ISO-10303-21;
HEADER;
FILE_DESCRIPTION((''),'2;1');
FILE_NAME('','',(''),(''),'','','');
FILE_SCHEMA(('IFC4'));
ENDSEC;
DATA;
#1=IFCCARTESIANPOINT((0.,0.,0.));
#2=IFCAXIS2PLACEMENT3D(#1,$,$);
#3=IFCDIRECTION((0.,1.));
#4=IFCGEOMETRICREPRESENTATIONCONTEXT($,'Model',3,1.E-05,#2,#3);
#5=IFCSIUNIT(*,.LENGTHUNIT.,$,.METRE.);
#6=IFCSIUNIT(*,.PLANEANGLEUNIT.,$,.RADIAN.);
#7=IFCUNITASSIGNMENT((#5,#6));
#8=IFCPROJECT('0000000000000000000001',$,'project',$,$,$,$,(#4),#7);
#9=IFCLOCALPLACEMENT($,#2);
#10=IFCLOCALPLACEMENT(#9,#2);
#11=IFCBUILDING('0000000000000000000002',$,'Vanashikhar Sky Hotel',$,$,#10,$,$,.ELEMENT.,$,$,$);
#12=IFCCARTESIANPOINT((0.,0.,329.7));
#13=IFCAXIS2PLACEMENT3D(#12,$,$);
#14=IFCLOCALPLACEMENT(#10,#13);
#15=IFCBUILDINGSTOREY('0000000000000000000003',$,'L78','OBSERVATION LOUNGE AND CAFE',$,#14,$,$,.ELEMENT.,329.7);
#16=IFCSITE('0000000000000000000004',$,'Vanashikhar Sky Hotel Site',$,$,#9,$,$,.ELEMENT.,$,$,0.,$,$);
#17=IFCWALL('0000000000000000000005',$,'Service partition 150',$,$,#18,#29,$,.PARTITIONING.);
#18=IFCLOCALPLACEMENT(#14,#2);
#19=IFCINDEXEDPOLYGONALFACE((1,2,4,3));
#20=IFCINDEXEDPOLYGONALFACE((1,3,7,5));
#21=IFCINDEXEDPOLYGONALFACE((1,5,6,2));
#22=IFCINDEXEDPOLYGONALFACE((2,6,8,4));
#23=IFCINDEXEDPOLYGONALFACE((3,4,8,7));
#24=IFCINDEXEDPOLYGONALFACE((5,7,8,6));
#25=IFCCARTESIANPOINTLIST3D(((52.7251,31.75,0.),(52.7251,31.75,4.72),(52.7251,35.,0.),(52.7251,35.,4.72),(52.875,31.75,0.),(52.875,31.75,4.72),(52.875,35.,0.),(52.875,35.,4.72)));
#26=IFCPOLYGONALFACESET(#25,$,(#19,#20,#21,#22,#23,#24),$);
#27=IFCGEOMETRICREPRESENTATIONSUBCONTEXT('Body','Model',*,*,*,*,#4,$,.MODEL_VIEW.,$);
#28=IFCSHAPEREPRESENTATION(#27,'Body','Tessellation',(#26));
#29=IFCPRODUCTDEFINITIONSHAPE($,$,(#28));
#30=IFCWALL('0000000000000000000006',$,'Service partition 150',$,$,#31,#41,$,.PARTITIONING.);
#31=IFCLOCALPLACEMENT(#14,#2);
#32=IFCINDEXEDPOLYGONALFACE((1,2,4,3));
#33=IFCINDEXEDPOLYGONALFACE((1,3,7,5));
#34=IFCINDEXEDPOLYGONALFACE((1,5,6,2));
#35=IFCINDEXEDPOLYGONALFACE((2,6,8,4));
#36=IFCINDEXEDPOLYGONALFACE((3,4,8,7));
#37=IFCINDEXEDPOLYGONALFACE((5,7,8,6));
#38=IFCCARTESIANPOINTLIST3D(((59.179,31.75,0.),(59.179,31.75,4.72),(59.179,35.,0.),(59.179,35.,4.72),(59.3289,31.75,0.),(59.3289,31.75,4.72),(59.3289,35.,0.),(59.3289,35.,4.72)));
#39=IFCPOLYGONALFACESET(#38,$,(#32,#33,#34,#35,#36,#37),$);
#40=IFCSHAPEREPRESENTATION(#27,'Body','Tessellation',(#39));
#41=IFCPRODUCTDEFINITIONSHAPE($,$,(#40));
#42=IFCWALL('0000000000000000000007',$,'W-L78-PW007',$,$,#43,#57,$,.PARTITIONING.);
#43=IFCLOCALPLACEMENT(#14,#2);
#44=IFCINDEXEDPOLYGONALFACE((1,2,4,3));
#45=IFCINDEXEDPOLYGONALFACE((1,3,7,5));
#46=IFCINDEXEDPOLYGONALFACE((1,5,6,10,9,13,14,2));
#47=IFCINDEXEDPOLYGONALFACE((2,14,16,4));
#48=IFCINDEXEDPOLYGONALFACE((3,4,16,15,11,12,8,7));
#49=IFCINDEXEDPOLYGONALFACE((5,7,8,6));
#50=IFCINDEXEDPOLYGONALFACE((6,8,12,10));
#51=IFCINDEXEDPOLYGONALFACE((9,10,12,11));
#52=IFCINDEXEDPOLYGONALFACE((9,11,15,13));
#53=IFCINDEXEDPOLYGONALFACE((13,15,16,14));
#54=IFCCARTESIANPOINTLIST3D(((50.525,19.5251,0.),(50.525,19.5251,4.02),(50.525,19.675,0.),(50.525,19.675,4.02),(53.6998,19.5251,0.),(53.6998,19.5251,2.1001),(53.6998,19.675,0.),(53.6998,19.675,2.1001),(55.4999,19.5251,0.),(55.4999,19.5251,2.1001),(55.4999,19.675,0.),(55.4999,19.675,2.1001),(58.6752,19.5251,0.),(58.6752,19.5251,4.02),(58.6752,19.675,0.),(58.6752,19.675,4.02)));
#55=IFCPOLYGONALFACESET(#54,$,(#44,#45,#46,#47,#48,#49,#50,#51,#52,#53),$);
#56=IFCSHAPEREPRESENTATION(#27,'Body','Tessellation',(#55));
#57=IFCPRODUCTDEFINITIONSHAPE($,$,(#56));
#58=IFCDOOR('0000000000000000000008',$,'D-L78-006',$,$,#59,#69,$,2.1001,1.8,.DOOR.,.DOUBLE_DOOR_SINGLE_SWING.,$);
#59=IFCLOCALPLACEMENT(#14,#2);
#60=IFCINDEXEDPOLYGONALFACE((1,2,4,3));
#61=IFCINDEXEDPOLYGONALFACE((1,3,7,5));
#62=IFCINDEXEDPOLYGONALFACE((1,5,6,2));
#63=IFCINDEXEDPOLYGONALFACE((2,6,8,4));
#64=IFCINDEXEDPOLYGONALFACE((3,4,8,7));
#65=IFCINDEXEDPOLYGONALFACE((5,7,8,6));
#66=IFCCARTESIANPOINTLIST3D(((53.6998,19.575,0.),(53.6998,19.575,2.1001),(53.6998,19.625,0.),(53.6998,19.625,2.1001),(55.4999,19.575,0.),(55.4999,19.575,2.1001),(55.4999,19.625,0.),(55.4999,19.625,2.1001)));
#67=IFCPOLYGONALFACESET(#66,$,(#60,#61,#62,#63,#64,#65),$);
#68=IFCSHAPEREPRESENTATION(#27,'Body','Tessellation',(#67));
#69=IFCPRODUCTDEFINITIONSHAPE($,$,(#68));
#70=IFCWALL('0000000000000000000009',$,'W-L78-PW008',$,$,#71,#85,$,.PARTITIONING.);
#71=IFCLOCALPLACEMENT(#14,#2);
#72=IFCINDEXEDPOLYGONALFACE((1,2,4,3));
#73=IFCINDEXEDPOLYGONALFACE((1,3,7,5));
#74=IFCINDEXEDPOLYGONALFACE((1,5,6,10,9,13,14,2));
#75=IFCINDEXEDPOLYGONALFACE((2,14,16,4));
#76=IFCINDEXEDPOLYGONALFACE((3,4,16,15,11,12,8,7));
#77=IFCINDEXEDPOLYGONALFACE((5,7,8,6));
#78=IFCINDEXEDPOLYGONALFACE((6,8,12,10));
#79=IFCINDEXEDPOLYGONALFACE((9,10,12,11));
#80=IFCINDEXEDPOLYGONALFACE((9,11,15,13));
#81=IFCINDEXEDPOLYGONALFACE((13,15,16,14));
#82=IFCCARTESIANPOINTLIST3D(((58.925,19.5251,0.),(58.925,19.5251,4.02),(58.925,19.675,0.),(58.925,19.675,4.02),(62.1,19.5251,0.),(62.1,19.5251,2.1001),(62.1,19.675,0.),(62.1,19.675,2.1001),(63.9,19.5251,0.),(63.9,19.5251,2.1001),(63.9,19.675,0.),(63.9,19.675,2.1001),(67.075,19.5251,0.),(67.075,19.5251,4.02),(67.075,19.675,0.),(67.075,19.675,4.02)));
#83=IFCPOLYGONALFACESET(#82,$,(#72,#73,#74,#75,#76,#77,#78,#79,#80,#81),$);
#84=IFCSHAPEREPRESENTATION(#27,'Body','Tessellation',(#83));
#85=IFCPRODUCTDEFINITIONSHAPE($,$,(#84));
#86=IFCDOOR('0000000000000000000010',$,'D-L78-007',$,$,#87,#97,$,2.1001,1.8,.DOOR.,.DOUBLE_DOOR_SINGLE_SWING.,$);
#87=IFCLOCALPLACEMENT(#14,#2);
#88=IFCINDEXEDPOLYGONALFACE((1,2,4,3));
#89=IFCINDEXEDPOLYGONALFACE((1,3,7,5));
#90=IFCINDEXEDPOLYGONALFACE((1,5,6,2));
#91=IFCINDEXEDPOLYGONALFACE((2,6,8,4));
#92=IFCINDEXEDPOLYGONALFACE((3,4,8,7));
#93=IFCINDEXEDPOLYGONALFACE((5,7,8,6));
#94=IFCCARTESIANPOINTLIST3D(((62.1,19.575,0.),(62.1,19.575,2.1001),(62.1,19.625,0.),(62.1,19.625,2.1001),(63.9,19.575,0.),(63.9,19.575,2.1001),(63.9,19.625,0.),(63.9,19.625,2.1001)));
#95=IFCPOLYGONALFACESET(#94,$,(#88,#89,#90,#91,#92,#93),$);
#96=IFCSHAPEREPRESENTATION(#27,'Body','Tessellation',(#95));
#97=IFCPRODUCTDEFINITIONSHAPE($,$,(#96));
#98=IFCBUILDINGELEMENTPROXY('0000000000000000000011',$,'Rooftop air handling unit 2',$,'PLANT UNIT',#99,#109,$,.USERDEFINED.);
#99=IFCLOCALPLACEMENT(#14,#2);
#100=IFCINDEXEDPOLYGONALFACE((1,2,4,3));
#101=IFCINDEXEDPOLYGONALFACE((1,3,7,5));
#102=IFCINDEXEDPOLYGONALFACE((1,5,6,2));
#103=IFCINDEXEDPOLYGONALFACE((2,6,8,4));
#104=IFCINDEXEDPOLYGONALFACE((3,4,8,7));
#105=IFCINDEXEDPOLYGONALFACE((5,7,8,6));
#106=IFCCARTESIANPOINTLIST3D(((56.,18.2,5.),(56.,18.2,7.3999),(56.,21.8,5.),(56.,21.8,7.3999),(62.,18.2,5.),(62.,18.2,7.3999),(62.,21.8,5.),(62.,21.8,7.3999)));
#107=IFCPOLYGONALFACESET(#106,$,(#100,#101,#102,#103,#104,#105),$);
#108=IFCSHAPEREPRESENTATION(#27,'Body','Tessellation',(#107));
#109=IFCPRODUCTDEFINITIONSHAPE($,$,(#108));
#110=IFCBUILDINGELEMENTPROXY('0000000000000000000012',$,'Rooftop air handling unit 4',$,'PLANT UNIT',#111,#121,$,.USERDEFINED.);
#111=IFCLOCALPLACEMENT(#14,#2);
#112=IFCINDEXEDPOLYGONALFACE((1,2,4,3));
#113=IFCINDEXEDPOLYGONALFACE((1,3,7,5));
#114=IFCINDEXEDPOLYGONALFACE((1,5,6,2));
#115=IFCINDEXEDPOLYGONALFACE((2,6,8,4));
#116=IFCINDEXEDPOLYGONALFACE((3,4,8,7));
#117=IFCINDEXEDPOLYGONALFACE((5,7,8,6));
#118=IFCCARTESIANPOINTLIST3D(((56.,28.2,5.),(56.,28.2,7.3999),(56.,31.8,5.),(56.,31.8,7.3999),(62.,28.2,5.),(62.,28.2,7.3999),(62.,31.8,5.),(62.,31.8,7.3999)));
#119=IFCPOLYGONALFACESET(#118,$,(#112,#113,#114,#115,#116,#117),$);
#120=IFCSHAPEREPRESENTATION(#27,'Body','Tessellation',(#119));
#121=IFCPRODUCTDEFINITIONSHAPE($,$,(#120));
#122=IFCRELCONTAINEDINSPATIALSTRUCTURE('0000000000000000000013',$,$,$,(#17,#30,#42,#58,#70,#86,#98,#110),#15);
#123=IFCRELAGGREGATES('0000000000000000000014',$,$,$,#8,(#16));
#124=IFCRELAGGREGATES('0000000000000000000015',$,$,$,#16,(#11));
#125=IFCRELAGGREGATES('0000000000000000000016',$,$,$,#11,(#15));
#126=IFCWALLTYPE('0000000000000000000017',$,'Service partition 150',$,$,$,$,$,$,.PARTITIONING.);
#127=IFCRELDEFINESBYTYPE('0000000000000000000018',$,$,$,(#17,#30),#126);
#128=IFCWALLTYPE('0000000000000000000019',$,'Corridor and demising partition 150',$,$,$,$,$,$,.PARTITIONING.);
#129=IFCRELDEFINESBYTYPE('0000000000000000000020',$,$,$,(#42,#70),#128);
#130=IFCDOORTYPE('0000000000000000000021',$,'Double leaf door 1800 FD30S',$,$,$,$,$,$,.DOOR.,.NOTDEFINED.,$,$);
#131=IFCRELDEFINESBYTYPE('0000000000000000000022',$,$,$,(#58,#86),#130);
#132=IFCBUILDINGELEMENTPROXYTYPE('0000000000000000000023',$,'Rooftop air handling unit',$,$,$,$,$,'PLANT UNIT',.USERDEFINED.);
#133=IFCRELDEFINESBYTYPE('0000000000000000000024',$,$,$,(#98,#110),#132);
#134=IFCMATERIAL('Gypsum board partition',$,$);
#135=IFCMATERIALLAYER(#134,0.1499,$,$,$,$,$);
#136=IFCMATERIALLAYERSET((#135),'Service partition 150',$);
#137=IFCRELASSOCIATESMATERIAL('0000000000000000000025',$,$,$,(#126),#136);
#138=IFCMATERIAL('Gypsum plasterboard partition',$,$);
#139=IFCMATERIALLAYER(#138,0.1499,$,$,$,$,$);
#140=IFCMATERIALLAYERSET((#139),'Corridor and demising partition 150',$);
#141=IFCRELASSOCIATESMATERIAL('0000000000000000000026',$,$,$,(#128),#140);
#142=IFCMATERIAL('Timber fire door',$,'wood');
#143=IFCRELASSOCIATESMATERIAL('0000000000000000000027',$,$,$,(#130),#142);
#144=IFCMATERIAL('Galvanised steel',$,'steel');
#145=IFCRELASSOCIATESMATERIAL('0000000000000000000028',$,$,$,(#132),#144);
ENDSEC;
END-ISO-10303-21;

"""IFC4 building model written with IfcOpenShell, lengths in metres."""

from ifc_helpers import new_model, si_unit, direction, frame, frame_2d, origin, origin_2d, place, context, subcontext, project, spatial, rectangle, extrude, source, transform, mapped, material, layer, layer_set, type_object, element, fill, save


model = new_model("IFC4")

# Units and contexts
model_context = context("Model", 3, precision=1e-05, world=origin(), true_north=direction((0.0, 1.0)))
body_context = subcontext(model_context, "Body", "Model", "MODEL_VIEW")
ifc_project = project(units=[si_unit("LENGTHUNIT", "METRE"), si_unit("PLANEANGLEUNIT", "RADIAN")], contexts=[model_context])

# Site, building, storey
site_placement = place(None, origin())
site = spatial("IfcSite", under=ifc_project, at=site_placement, Name="Vanashikhar Sky Hotel Site", CompositionType="ELEMENT", RefElevation=0.0)
building_placement = place(site_placement, origin())
building = spatial("IfcBuilding", under=site, at=building_placement, Name="Vanashikhar Sky Hotel", CompositionType="ELEMENT")
storey_placement = place(building_placement, frame((0.0, 0.0, 329.7)))
storey = spatial("IfcBuildingStorey", under=building, at=storey_placement, Name="L78", Description="OBSERVATION LOUNGE AND CAFE", CompositionType="ELEMENT", Elevation=329.7)

# Shared definitions
ifc_material_1 = material(Name="Gypsum board partition")
ifc_layer_1 = layer(ifc_material_1, 0.1499)
ifc_layer_set_1 = layer_set([ifc_layer_1], Name="Service partition 150")
wall_type_1 = type_object("IfcWallType", Name="Service partition 150", PredefinedType="PARTITIONING", material=ifc_layer_set_1)

# Walls
shared_shape_1 = source(origin(), body_context, "Body", "SweptSolid", [
    extrude(rectangle(XDim=3.25, YDim=0.1499, at=frame_2d((1.625, 0.0))), origin(), (0.0, 0.0, 1.0), 4.72),
])
for number, where, z_axis, x_axis, name in (
    (1, (52.8, 31.75, 0.0), (0.0, 0.0, 1.0), (0.0, 1.0, 0.0), "Service partition 150"),
    (2, (59.2539, 31.75, 0.0), (0.0, 0.0, 1.0), (0.0, 1.0, 0.0), "Service partition 150"),
):
    element("IfcWall", number, at=place(storey_placement, frame(where, z_axis=z_axis, x_axis=x_axis)), inside=storey, type_object=wall_type_1, Name=name, PredefinedType="PARTITIONING", context=body_context, shape_type="MappedRepresentation", body=[
        mapped(shared_shape_1, transform((0.0, 0.0, 0.0), scale=1.0)),
    ])

# Walls, openings, doors
ifc_material_2 = material(Name="Gypsum plasterboard partition")
ifc_layer_2 = layer(ifc_material_2, 0.1499)
ifc_layer_set_2 = layer_set([ifc_layer_2], Name="Corridor and demising partition 150")
wall_type_2 = type_object("IfcWallType", Name="Corridor and demising partition 150", PredefinedType="PARTITIONING", material=ifc_layer_set_2)
shared_shape_2 = source(origin(), body_context, "Body", "SweptSolid", [
    extrude(rectangle(XDim=8.1501, YDim=0.1499, at=frame_2d((4.0752, 0.0))), origin(), (0.0, 0.0, 1.0), 4.02),
])
wall_1_placement = place(storey_placement, frame((50.5249, 19.6001, 0.0), z_axis=(0.0, 0.0, 1.0), x_axis=(1.0, 0.0, 0.0)))
wall_1 = element("IfcWall", 3, at=wall_1_placement, inside=storey, type_object=wall_type_2, Name="W-L78-PW007", PredefinedType="PARTITIONING", context=body_context, shape_type="MappedRepresentation", body=[
    mapped(shared_shape_2, transform((0.0, 0.0, 0.0), scale=1.0)),
])
shared_shape_3 = source(origin(), body_context, "Body", "SweptSolid", [
    extrude(rectangle(XDim=1.8, YDim=2.1001, at=frame_2d((0.8999, 1.05))), frame((0.0, 0.085, 0.0), z_axis=(0.0, -1.0, 0.0), x_axis=(1.0, 0.0, 0.0)), (0.0, 0.0, 1.0), 0.1699),
])
opening_1_placement = place(wall_1_placement, frame((3.175, 0.0, 0.0)))
opening_1 = element("IfcOpeningElement", 4, at=opening_1_placement, cuts=wall_1, PredefinedType="OPENING", context=body_context, shape_type="MappedRepresentation", body=[
    mapped(shared_shape_3, transform((0.0, 0.0, 0.0), scale=1.0)),
])
ifc_material_3 = material(Name="Timber fire door", Category="wood")
door_type_1 = type_object("IfcDoorType", Name="Double leaf door 1800 FD30S", OperationType="NOTDEFINED", PredefinedType="DOOR", material=ifc_material_3)
shared_shape_4 = source(origin(), body_context, "Body", "SweptSolid", [
    extrude(rectangle(XDim=1.8, YDim=2.1001, at=frame_2d((0.8999, 1.05))), frame((0.0, 0.0249, 0.0), z_axis=(0.0, -1.0, 0.0), x_axis=(1.0, 0.0, 0.0)), (0.0, 0.0, 1.0), 0.05),
])
door_1_placement = place(opening_1_placement, origin())
door_1 = element("IfcDoor", 5, at=door_1_placement, inside=storey, type_object=door_type_1, Name="D-L78-006", OperationType="DOUBLE_DOOR_SINGLE_SWING", OverallHeight=2.1001, OverallWidth=1.8, PredefinedType="DOOR", context=body_context, shape_type="MappedRepresentation", body=[
    mapped(shared_shape_4, transform((0.0, 0.0, 0.0), scale=1.0)),
])
fill(opening_1, door_1)
shared_shape_5 = source(origin(), body_context, "Body", "SweptSolid", [
    extrude(rectangle(XDim=8.1499, YDim=0.1499, at=frame_2d((4.075, 0.0))), origin(), (0.0, 0.0, 1.0), 4.02),
])
wall_2_placement = place(storey_placement, frame((58.925, 19.6001, 0.0), z_axis=(0.0, 0.0, 1.0), x_axis=(1.0, 0.0, 0.0)))
wall_2 = element("IfcWall", 6, at=wall_2_placement, inside=storey, type_object=wall_type_2, Name="W-L78-PW008", PredefinedType="PARTITIONING", context=body_context, shape_type="MappedRepresentation", body=[
    mapped(shared_shape_5, transform((0.0, 0.0, 0.0), scale=1.0)),
])
opening_2_placement = place(wall_2_placement, frame((3.175, 0.0, 0.0)))
opening_2 = element("IfcOpeningElement", 7, at=opening_2_placement, cuts=wall_2, PredefinedType="OPENING", context=body_context, shape_type="MappedRepresentation", body=[
    mapped(shared_shape_3, transform((0.0, 0.0, 0.0), scale=1.0)),
])
door_2_placement = place(opening_2_placement, origin())
door_2 = element("IfcDoor", 8, at=door_2_placement, inside=storey, type_object=door_type_1, Name="D-L78-007", OperationType="DOUBLE_DOOR_SINGLE_SWING", OverallHeight=2.1001, OverallWidth=1.8, PredefinedType="DOOR", context=body_context, shape_type="MappedRepresentation", body=[
    mapped(shared_shape_4, transform((0.0, 0.0, 0.0), scale=1.0)),
])
fill(opening_2, door_2)

# Building element proxies
ifc_material_4 = material(Name="Galvanised steel", Category="steel")
building_element_proxy_type = type_object("IfcBuildingElementProxyType", Name="Rooftop air handling unit", ElementType="PLANT UNIT", PredefinedType="USERDEFINED", material=ifc_material_4)
shared_shape_6 = source(origin(), body_context, "Body", "SweptSolid", [
    extrude(rectangle(XDim=6.0, YDim=3.6001, at=origin_2d()), origin(), (0.0, 0.0, 1.0), 2.3999),
])
for number, where, z_axis, x_axis, name in (
    (9, (59.0, 20.0, 5.0), (0.0, 0.0, 1.0), (1.0, 0.0, 0.0), "Rooftop air handling unit 2"),
    (10, (59.0, 30.0, 5.0), (0.0, 0.0, 1.0), (1.0, 0.0, 0.0), "Rooftop air handling unit 4"),
):
    element("IfcBuildingElementProxy", number, at=place(storey_placement, frame(where, z_axis=z_axis, x_axis=x_axis)), inside=storey, type_object=building_element_proxy_type, Name=name, ObjectType="PLANT UNIT", PredefinedType="USERDEFINED", context=body_context, shape_type="MappedRepresentation", body=[
        mapped(shared_shape_6, transform((0.0, 0.0, 0.0), scale=1.0)),
    ])

save(model, "model.ifc")
